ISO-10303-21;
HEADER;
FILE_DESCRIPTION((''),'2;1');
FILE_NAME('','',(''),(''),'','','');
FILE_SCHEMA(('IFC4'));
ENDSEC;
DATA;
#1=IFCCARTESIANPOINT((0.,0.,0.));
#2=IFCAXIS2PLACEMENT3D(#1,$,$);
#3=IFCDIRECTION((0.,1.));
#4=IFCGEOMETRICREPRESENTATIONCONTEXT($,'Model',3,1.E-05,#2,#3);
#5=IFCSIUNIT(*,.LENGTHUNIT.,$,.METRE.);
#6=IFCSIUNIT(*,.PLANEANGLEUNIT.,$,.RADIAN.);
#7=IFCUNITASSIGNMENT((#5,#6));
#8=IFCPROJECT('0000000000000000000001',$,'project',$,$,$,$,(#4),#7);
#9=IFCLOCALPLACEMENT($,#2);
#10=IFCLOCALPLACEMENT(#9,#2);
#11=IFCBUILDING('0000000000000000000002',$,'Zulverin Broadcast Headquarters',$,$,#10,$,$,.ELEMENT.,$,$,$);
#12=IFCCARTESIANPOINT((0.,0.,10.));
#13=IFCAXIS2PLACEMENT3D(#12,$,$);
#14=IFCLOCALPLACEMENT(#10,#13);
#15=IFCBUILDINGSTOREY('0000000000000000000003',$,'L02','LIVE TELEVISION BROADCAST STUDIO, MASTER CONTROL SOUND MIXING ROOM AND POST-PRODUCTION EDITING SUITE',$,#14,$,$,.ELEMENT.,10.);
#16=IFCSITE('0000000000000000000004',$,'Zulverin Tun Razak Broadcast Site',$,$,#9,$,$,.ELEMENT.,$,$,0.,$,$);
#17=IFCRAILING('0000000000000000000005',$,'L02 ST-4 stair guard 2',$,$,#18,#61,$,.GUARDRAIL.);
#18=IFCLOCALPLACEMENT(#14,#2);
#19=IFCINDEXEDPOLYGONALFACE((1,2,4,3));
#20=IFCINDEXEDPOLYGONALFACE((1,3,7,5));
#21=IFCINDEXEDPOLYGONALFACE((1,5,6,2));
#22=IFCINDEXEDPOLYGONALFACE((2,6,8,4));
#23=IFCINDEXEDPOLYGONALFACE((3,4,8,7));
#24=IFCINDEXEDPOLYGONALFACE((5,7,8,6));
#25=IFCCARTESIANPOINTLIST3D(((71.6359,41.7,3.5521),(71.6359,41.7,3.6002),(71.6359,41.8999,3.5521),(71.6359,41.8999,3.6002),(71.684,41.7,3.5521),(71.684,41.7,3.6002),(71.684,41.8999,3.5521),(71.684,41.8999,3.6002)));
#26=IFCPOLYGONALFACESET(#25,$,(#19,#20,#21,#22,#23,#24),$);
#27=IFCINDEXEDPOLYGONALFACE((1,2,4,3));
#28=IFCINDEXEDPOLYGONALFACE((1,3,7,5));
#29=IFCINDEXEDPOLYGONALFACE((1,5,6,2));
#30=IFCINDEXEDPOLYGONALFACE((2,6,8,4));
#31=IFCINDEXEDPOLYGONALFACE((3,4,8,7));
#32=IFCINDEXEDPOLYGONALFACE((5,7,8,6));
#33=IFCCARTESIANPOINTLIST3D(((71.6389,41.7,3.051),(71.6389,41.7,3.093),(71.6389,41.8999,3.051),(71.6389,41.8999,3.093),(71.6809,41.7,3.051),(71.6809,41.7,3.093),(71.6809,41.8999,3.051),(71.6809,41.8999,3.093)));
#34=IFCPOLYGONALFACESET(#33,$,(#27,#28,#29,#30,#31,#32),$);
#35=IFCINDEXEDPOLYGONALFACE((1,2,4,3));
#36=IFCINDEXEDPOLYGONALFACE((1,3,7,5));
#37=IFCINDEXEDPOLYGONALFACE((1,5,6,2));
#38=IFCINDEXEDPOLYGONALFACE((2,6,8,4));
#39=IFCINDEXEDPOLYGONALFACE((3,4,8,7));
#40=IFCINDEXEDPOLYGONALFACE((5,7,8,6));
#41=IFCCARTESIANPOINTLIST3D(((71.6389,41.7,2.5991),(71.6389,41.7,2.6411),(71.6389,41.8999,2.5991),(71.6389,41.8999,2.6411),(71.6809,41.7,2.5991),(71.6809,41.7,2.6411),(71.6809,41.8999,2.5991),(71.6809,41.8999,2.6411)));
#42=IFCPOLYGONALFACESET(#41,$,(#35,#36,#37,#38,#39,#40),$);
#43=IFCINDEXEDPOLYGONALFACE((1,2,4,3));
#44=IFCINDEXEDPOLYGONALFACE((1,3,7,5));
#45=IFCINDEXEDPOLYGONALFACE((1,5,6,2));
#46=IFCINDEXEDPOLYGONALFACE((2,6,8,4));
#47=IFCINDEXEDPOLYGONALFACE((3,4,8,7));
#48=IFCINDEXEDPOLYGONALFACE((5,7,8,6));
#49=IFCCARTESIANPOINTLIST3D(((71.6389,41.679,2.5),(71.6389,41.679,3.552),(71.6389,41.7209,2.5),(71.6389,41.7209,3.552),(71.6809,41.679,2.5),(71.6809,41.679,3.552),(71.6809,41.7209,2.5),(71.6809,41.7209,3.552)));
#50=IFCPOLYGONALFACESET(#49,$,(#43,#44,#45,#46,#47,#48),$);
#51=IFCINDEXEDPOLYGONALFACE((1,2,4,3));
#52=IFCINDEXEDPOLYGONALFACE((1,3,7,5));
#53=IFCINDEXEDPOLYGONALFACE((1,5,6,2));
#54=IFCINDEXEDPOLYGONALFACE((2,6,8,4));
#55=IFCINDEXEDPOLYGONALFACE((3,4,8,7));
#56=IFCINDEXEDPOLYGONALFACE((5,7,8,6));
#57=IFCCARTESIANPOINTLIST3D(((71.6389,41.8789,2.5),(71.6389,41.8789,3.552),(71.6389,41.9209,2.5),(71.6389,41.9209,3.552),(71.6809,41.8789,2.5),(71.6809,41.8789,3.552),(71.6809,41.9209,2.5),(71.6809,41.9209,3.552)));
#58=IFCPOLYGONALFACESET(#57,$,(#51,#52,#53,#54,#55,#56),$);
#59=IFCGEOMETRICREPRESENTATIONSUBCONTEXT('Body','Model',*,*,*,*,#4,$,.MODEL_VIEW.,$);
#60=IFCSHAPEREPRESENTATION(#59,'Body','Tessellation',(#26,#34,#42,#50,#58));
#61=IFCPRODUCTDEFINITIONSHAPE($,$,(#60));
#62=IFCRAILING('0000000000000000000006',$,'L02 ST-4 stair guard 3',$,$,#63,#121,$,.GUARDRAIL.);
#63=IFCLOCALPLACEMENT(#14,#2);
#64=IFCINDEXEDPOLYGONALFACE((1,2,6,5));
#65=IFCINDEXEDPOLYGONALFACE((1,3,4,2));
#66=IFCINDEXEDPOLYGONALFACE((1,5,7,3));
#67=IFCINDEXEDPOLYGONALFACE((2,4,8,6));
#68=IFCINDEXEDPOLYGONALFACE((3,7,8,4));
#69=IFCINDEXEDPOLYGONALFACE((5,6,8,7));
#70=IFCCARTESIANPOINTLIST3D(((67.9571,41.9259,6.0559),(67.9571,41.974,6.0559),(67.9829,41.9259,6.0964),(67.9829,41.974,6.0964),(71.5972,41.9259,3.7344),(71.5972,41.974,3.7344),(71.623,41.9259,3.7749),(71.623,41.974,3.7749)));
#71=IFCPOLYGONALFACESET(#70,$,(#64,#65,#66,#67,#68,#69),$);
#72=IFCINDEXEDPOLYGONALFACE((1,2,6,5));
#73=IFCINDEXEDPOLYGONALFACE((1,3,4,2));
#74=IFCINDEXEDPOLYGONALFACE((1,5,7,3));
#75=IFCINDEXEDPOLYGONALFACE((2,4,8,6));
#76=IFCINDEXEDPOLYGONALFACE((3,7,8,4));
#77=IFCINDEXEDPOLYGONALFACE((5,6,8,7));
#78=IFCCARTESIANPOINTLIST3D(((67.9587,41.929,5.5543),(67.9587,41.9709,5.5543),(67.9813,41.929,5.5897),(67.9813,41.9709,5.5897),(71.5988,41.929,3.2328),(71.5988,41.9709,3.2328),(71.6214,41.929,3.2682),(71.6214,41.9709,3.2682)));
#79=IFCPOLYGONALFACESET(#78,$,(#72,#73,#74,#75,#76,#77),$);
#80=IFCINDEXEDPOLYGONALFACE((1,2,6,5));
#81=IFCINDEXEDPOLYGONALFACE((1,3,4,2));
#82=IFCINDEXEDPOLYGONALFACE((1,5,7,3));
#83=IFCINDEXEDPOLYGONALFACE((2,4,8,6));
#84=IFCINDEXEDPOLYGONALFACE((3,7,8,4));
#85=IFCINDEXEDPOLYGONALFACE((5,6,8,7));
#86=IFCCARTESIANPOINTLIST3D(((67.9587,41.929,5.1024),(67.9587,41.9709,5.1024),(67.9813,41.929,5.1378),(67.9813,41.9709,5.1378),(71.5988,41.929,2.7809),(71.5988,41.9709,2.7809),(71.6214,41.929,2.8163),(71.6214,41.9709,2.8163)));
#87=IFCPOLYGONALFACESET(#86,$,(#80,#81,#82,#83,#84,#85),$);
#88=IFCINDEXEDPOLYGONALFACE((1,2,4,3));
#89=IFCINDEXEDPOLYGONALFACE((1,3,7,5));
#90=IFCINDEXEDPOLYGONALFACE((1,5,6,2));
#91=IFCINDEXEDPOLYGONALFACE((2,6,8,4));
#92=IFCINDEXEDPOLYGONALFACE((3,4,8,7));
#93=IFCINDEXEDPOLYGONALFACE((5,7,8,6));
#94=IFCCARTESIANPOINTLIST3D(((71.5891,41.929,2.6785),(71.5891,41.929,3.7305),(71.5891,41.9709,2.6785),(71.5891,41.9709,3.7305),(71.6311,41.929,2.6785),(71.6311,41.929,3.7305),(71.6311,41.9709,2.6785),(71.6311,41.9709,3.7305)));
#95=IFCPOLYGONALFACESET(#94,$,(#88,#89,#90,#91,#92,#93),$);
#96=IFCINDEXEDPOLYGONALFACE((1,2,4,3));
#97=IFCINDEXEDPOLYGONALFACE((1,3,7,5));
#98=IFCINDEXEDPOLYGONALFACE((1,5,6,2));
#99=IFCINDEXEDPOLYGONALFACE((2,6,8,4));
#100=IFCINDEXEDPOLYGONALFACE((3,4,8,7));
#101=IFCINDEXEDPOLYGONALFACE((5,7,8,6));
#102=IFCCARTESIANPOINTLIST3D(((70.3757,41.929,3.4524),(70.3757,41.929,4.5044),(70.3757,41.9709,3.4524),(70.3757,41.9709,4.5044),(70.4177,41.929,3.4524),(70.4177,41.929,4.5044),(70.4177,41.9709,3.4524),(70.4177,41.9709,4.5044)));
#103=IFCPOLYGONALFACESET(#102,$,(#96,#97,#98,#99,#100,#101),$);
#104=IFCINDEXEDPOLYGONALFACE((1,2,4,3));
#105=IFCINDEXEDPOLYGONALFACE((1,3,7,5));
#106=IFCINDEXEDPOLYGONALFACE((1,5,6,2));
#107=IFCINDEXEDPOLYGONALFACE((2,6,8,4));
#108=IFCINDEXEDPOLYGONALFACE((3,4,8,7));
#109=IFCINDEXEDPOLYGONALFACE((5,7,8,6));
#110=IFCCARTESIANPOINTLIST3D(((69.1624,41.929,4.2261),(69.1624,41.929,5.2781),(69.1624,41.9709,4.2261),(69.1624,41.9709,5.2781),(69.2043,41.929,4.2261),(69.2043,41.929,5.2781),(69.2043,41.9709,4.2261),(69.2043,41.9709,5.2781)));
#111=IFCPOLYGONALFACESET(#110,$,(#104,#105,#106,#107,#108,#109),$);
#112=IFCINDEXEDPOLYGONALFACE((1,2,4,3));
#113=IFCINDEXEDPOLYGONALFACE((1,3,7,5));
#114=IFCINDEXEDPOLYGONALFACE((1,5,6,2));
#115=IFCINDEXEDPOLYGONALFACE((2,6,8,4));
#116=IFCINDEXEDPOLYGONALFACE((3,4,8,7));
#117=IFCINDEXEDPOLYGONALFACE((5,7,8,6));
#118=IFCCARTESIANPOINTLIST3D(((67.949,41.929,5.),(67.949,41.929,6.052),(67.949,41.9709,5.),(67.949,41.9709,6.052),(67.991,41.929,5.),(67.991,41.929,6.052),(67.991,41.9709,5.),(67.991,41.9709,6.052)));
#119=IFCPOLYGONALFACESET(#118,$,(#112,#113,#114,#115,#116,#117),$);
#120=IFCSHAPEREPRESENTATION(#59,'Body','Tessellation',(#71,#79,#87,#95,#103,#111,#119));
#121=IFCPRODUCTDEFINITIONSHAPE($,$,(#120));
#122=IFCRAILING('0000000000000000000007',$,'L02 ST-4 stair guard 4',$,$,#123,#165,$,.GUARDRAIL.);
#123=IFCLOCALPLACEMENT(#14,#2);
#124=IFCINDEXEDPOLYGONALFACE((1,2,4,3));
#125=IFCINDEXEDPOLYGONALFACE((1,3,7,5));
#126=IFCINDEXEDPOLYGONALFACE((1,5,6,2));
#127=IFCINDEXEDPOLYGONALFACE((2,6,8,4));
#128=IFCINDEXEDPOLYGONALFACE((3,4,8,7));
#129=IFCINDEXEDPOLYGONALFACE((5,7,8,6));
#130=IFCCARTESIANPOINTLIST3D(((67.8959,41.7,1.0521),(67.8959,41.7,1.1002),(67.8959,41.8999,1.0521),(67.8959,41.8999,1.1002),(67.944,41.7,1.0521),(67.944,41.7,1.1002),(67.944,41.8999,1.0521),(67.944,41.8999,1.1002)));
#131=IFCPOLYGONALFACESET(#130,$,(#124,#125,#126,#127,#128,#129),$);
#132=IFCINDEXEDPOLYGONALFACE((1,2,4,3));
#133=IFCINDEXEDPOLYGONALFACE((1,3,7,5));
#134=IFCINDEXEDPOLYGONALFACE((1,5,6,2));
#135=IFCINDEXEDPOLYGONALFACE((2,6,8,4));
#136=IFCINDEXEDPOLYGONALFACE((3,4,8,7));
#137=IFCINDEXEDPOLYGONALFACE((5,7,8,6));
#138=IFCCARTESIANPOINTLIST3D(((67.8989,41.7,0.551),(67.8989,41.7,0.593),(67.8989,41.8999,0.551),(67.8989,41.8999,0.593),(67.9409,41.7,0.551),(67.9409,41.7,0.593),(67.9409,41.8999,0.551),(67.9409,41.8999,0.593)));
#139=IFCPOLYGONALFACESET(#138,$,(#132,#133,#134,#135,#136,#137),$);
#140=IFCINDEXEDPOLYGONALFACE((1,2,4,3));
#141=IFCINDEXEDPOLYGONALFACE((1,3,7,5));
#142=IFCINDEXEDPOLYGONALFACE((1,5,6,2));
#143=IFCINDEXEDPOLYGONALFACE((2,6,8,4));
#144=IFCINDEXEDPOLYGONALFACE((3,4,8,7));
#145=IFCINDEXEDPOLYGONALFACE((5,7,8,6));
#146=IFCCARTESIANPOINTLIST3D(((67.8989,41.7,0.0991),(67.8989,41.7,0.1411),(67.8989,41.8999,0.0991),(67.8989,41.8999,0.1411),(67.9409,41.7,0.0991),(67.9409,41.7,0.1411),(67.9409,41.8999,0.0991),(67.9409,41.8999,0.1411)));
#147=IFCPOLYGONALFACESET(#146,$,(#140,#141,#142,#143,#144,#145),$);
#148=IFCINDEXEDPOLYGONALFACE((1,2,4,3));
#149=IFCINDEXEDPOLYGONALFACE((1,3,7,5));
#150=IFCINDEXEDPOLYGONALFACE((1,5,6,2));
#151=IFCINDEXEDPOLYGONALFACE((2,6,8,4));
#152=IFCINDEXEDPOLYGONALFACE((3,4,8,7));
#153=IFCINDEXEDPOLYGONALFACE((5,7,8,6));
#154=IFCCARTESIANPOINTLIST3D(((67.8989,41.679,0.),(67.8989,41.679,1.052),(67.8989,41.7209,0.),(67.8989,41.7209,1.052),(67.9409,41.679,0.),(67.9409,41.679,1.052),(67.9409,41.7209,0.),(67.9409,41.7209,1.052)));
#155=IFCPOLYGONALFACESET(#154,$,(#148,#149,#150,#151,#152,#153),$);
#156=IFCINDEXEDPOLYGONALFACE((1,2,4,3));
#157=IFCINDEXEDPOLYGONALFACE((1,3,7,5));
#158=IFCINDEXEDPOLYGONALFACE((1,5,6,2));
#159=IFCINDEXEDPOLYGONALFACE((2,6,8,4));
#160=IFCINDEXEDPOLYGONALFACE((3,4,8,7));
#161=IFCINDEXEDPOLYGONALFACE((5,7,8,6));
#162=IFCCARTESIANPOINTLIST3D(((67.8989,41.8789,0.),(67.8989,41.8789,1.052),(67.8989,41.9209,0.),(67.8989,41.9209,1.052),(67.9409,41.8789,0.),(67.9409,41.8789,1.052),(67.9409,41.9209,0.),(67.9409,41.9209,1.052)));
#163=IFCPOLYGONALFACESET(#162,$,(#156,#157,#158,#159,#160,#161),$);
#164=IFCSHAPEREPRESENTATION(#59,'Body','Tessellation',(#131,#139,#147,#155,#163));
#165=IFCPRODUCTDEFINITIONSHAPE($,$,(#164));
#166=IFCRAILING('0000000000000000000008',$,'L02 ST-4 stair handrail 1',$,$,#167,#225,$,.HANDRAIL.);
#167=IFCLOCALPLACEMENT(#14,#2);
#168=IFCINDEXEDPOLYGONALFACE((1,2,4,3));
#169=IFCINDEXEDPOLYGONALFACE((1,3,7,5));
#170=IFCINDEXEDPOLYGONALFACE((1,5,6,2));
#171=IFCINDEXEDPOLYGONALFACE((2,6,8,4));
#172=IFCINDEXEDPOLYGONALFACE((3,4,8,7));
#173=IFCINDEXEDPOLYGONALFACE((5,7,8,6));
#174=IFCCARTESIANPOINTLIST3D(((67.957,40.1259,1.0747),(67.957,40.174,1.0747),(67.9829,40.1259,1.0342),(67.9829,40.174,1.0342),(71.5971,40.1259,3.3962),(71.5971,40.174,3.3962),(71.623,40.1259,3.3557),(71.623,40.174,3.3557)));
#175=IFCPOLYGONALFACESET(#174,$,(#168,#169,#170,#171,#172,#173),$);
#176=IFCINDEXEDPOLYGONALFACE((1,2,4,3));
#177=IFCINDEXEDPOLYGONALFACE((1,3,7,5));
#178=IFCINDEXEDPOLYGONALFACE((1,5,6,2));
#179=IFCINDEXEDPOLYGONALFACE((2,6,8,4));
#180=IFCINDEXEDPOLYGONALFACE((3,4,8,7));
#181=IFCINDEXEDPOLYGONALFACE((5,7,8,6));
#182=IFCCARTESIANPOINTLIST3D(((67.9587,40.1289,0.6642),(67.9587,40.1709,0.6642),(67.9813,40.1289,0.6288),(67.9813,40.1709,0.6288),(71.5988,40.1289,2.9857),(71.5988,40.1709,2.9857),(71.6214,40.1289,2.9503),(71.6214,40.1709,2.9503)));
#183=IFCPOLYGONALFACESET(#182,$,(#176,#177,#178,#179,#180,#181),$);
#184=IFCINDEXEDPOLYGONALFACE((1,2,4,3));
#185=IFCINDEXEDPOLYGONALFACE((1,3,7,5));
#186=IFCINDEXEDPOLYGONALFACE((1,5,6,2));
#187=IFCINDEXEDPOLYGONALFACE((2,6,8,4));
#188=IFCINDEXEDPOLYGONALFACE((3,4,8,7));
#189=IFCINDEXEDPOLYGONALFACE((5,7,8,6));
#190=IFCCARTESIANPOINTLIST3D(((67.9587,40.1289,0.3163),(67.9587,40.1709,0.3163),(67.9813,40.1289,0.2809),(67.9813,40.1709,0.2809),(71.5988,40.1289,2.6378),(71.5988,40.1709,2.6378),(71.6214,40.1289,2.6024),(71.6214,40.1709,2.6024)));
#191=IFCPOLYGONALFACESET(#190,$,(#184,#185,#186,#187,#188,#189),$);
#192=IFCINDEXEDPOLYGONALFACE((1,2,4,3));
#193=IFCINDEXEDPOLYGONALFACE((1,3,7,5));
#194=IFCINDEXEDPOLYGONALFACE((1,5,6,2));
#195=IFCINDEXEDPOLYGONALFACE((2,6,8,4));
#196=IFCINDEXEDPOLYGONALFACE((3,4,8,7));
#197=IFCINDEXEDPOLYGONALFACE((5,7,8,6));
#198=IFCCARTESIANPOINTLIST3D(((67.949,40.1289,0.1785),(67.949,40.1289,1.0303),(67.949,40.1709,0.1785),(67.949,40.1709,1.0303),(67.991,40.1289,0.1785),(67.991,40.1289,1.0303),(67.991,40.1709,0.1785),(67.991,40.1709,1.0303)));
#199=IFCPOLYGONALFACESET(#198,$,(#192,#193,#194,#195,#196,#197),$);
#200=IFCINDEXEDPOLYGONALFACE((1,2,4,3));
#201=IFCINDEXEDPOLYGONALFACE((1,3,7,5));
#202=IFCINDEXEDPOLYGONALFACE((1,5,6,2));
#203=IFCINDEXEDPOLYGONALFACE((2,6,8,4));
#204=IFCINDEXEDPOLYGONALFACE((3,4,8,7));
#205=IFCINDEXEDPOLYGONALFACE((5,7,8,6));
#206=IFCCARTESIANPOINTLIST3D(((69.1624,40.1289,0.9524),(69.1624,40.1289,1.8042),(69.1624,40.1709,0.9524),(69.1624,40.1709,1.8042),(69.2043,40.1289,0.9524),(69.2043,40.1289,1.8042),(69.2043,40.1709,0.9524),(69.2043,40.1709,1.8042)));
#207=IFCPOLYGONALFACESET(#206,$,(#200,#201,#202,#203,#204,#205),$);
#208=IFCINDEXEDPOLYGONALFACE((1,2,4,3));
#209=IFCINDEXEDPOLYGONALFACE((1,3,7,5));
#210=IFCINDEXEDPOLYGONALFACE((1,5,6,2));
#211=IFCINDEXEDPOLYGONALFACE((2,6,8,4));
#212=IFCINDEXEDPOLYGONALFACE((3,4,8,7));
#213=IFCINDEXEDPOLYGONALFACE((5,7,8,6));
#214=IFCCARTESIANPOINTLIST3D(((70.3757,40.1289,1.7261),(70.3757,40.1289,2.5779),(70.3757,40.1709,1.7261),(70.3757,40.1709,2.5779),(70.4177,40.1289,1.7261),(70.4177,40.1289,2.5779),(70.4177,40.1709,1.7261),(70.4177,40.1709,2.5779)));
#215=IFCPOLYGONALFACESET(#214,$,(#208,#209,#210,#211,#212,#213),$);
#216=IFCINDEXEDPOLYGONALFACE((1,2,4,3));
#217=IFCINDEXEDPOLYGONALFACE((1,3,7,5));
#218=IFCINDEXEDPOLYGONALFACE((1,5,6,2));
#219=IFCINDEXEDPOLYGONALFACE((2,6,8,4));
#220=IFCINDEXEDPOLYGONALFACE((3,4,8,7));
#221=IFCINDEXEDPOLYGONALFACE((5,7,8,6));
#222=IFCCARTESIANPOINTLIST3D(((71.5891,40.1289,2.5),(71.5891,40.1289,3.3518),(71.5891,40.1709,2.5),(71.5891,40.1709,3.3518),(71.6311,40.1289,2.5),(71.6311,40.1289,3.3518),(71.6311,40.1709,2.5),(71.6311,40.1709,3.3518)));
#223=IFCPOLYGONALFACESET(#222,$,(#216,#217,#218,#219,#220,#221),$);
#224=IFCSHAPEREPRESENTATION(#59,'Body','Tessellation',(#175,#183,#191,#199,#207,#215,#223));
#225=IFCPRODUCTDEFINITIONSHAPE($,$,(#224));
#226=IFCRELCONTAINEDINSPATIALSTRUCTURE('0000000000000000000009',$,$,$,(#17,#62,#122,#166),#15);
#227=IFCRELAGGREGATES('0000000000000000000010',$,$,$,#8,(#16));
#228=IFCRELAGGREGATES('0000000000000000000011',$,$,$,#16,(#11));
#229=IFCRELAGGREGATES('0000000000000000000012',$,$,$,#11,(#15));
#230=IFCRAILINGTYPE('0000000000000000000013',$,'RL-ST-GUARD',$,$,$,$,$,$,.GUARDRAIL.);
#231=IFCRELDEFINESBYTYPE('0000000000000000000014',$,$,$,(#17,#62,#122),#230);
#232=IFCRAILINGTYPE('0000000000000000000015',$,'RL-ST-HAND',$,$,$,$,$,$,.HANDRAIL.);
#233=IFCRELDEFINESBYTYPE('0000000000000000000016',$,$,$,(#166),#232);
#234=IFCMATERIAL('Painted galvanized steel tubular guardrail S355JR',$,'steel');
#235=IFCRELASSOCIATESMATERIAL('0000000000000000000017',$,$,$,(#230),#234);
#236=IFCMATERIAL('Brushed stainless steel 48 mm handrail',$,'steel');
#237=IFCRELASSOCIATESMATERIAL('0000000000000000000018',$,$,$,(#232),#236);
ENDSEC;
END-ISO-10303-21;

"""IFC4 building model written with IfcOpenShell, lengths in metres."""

from ifc_helpers import new_model, si_unit, direction, frame, origin, origin_2d, place, context, subcontext, project, spatial, rectangle, extrude, material, type_object, element, save


model = new_model("IFC4")

# Units and contexts
model_context = context("Model", 3, precision=1e-05, world=origin(), true_north=direction((0.0, 1.0)))
body_context = subcontext(model_context, "Body", "Model", "MODEL_VIEW")
ifc_project = project(units=[si_unit("LENGTHUNIT", "METRE"), si_unit("PLANEANGLEUNIT", "RADIAN")], contexts=[model_context])

# Site, building, storey
site_placement = place(None, origin())
site = spatial("IfcSite", under=ifc_project, at=site_placement, Name="Zulverin Tun Razak Broadcast Site", CompositionType="ELEMENT", RefElevation=0.0)
building_placement = place(site_placement, origin())
building = spatial("IfcBuilding", under=site, at=building_placement, Name="Zulverin Broadcast Headquarters", CompositionType="ELEMENT")
storey_placement = place(building_placement, frame((0.0, 0.0, 10.0)))
storey = spatial("IfcBuildingStorey", under=building, at=storey_placement, Name="L02", Description="LIVE TELEVISION BROADCAST STUDIO, MASTER CONTROL SOUND MIXING ROOM AND POST-PRODUCTION EDITING SUITE", CompositionType="ELEMENT", Elevation=10.0)

# Railings
ifc_material_1 = material(Name="Painted galvanized steel tubular guardrail S355JR", Category="steel")
railing_type_1 = type_object("IfcRailingType", Name="RL-ST-GUARD", PredefinedType="GUARDRAIL", material=ifc_material_1)
railing_1_placement = place(storey_placement, frame((71.6599, 41.7, 2.5)))
element("IfcRailing", 1, at=railing_1_placement, inside=storey, type_object=railing_type_1, Name="L02 ST-4 stair guard 2", PredefinedType="GUARDRAIL", context=body_context, shape_type="SweptSolid", body=[
    extrude(rectangle(XDim=0.0481, YDim=0.0481, at=origin_2d()), frame((0.0, 0.0, 1.0762), z_axis=(0.0, 1.0, 0.0), x_axis=(-1.0, 0.0, 0.0)), (0.0, 0.0, 1.0), 0.2),
    extrude(rectangle(XDim=0.042, YDim=0.042, at=origin_2d()), frame((0.0, 0.0, 0.572), z_axis=(0.0, 1.0, 0.0), x_axis=(-1.0, 0.0, 0.0)), (0.0, 0.0, 1.0), 0.2),
    extrude(rectangle(XDim=0.042, YDim=0.042, at=origin_2d()), frame((0.0, 0.0, 0.1201), z_axis=(0.0, 1.0, 0.0), x_axis=(-1.0, 0.0, 0.0)), (0.0, 0.0, 1.0), 0.2),
    extrude(rectangle(XDim=0.042, YDim=0.042, at=origin_2d()), origin(), (0.0, 0.0, 1.0), 1.052),
    extrude(rectangle(XDim=0.042, YDim=0.042, at=origin_2d()), frame((0.0, 0.2, 0.0)), (0.0, 0.0, 1.0), 1.052),
])
railing_2_placement = place(storey_placement, frame((71.6101, 41.95, 2.6785)))
element("IfcRailing", 2, at=railing_2_placement, inside=storey, type_object=railing_type_1, Name="L02 ST-4 stair guard 3", PredefinedType="GUARDRAIL", context=body_context, shape_type="SweptSolid", body=[
    extrude(rectangle(XDim=0.0481, YDim=0.0481, at=origin_2d()), frame((0.0, 0.0, 1.0762), z_axis=(-0.843128, 0.0, 0.537713), x_axis=(0.0, -1.0, 0.0)), (0.0, 0.0, 1.0), 4.3174),
    extrude(rectangle(XDim=0.042, YDim=0.042, at=origin_2d()), frame((0.0, 0.0, 0.572), z_axis=(-0.843128, 0.0, 0.537713), x_axis=(0.0, -1.0, 0.0)), (0.0, 0.0, 1.0), 4.3174),
    extrude(rectangle(XDim=0.042, YDim=0.042, at=origin_2d()), frame((0.0, 0.0, 0.1201), z_axis=(-0.843128, 0.0, 0.537713), x_axis=(0.0, -1.0, 0.0)), (0.0, 0.0, 1.0), 4.3174),
    extrude(rectangle(XDim=0.042, YDim=0.042, at=origin_2d()), origin(), (0.0, 0.0, 1.0), 1.052),
    extrude(rectangle(XDim=0.042, YDim=0.042, at=origin_2d()), frame((-1.2134, 0.0, 0.7739)), (0.0, 0.0, 1.0), 1.052),
    extrude(rectangle(XDim=0.042, YDim=0.042, at=origin_2d()), frame((-2.4268, 0.0, 1.5476)), (0.0, 0.0, 1.0), 1.052),
    extrude(rectangle(XDim=0.042, YDim=0.042, at=origin_2d()), frame((-3.6401, 0.0, 2.3215)), (0.0, 0.0, 1.0), 1.052),
])
railing_3_placement = place(storey_placement, frame((67.9199, 41.7, 0.0)))
element("IfcRailing", 3, at=railing_3_placement, inside=storey, type_object=railing_type_1, Name="L02 ST-4 stair guard 4", PredefinedType="GUARDRAIL", context=body_context, shape_type="SweptSolid", body=[
    extrude(rectangle(XDim=0.0481, YDim=0.0481, at=origin_2d()), frame((0.0, 0.0, 1.0762), z_axis=(0.0, 1.0, 0.0), x_axis=(-1.0, 0.0, 0.0)), (0.0, 0.0, 1.0), 0.2),
    extrude(rectangle(XDim=0.042, YDim=0.042, at=origin_2d()), frame((0.0, 0.0, 0.572), z_axis=(0.0, 1.0, 0.0), x_axis=(-1.0, 0.0, 0.0)), (0.0, 0.0, 1.0), 0.2),
    extrude(rectangle(XDim=0.042, YDim=0.042, at=origin_2d()), frame((0.0, 0.0, 0.1201), z_axis=(0.0, 1.0, 0.0), x_axis=(-1.0, 0.0, 0.0)), (0.0, 0.0, 1.0), 0.2),
    extrude(rectangle(XDim=0.042, YDim=0.042, at=origin_2d()), origin(), (0.0, 0.0, 1.0), 1.052),
    extrude(rectangle(XDim=0.042, YDim=0.042, at=origin_2d()), frame((0.0, 0.2, 0.0)), (0.0, 0.0, 1.0), 1.052),
])
ifc_material_2 = material(Name="Brushed stainless steel 48 mm handrail", Category="steel")
railing_type_2 = type_object("IfcRailingType", Name="RL-ST-HAND", PredefinedType="HANDRAIL", material=ifc_material_2)
railing_4_placement = place(storey_placement, frame((67.97, 40.1499, 0.1785)))
element("IfcRailing", 4, at=railing_4_placement, inside=storey, type_object=railing_type_2, Name="L02 ST-4 stair handrail 1", PredefinedType="HANDRAIL", context=body_context, shape_type="SweptSolid", body=[
    extrude(rectangle(XDim=0.0481, YDim=0.0481, at=origin_2d()), frame((0.0, 0.0, 0.876), z_axis=(0.843128, 0.0, 0.537713), x_axis=(0.0, 1.0, 0.0)), (0.0, 0.0, 1.0), 4.3174),
    extrude(rectangle(XDim=0.042, YDim=0.042, at=origin_2d()), frame((0.0, 0.0, 0.468), z_axis=(0.843128, 0.0, 0.537713), x_axis=(0.0, 1.0, 0.0)), (0.0, 0.0, 1.0), 4.3174),
    extrude(rectangle(XDim=0.042, YDim=0.042, at=origin_2d()), frame((0.0, 0.0, 0.1201), z_axis=(0.843128, 0.0, 0.537713), x_axis=(0.0, 1.0, 0.0)), (0.0, 0.0, 1.0), 4.3174),
    extrude(rectangle(XDim=0.042, YDim=0.042, at=origin_2d()), origin(), (0.0, 0.0, 1.0), 0.8518),
    extrude(rectangle(XDim=0.042, YDim=0.042, at=origin_2d()), frame((1.2134, 0.0, 0.7739)), (0.0, 0.0, 1.0), 0.8518),
    extrude(rectangle(XDim=0.042, YDim=0.042, at=origin_2d()), frame((2.4268, 0.0, 1.5476)), (0.0, 0.0, 1.0), 0.8518),
    extrude(rectangle(XDim=0.042, YDim=0.042, at=origin_2d()), frame((3.6401, 0.0, 2.3215)), (0.0, 0.0, 1.0), 0.8518),
])

save(model, "model.ifc")
